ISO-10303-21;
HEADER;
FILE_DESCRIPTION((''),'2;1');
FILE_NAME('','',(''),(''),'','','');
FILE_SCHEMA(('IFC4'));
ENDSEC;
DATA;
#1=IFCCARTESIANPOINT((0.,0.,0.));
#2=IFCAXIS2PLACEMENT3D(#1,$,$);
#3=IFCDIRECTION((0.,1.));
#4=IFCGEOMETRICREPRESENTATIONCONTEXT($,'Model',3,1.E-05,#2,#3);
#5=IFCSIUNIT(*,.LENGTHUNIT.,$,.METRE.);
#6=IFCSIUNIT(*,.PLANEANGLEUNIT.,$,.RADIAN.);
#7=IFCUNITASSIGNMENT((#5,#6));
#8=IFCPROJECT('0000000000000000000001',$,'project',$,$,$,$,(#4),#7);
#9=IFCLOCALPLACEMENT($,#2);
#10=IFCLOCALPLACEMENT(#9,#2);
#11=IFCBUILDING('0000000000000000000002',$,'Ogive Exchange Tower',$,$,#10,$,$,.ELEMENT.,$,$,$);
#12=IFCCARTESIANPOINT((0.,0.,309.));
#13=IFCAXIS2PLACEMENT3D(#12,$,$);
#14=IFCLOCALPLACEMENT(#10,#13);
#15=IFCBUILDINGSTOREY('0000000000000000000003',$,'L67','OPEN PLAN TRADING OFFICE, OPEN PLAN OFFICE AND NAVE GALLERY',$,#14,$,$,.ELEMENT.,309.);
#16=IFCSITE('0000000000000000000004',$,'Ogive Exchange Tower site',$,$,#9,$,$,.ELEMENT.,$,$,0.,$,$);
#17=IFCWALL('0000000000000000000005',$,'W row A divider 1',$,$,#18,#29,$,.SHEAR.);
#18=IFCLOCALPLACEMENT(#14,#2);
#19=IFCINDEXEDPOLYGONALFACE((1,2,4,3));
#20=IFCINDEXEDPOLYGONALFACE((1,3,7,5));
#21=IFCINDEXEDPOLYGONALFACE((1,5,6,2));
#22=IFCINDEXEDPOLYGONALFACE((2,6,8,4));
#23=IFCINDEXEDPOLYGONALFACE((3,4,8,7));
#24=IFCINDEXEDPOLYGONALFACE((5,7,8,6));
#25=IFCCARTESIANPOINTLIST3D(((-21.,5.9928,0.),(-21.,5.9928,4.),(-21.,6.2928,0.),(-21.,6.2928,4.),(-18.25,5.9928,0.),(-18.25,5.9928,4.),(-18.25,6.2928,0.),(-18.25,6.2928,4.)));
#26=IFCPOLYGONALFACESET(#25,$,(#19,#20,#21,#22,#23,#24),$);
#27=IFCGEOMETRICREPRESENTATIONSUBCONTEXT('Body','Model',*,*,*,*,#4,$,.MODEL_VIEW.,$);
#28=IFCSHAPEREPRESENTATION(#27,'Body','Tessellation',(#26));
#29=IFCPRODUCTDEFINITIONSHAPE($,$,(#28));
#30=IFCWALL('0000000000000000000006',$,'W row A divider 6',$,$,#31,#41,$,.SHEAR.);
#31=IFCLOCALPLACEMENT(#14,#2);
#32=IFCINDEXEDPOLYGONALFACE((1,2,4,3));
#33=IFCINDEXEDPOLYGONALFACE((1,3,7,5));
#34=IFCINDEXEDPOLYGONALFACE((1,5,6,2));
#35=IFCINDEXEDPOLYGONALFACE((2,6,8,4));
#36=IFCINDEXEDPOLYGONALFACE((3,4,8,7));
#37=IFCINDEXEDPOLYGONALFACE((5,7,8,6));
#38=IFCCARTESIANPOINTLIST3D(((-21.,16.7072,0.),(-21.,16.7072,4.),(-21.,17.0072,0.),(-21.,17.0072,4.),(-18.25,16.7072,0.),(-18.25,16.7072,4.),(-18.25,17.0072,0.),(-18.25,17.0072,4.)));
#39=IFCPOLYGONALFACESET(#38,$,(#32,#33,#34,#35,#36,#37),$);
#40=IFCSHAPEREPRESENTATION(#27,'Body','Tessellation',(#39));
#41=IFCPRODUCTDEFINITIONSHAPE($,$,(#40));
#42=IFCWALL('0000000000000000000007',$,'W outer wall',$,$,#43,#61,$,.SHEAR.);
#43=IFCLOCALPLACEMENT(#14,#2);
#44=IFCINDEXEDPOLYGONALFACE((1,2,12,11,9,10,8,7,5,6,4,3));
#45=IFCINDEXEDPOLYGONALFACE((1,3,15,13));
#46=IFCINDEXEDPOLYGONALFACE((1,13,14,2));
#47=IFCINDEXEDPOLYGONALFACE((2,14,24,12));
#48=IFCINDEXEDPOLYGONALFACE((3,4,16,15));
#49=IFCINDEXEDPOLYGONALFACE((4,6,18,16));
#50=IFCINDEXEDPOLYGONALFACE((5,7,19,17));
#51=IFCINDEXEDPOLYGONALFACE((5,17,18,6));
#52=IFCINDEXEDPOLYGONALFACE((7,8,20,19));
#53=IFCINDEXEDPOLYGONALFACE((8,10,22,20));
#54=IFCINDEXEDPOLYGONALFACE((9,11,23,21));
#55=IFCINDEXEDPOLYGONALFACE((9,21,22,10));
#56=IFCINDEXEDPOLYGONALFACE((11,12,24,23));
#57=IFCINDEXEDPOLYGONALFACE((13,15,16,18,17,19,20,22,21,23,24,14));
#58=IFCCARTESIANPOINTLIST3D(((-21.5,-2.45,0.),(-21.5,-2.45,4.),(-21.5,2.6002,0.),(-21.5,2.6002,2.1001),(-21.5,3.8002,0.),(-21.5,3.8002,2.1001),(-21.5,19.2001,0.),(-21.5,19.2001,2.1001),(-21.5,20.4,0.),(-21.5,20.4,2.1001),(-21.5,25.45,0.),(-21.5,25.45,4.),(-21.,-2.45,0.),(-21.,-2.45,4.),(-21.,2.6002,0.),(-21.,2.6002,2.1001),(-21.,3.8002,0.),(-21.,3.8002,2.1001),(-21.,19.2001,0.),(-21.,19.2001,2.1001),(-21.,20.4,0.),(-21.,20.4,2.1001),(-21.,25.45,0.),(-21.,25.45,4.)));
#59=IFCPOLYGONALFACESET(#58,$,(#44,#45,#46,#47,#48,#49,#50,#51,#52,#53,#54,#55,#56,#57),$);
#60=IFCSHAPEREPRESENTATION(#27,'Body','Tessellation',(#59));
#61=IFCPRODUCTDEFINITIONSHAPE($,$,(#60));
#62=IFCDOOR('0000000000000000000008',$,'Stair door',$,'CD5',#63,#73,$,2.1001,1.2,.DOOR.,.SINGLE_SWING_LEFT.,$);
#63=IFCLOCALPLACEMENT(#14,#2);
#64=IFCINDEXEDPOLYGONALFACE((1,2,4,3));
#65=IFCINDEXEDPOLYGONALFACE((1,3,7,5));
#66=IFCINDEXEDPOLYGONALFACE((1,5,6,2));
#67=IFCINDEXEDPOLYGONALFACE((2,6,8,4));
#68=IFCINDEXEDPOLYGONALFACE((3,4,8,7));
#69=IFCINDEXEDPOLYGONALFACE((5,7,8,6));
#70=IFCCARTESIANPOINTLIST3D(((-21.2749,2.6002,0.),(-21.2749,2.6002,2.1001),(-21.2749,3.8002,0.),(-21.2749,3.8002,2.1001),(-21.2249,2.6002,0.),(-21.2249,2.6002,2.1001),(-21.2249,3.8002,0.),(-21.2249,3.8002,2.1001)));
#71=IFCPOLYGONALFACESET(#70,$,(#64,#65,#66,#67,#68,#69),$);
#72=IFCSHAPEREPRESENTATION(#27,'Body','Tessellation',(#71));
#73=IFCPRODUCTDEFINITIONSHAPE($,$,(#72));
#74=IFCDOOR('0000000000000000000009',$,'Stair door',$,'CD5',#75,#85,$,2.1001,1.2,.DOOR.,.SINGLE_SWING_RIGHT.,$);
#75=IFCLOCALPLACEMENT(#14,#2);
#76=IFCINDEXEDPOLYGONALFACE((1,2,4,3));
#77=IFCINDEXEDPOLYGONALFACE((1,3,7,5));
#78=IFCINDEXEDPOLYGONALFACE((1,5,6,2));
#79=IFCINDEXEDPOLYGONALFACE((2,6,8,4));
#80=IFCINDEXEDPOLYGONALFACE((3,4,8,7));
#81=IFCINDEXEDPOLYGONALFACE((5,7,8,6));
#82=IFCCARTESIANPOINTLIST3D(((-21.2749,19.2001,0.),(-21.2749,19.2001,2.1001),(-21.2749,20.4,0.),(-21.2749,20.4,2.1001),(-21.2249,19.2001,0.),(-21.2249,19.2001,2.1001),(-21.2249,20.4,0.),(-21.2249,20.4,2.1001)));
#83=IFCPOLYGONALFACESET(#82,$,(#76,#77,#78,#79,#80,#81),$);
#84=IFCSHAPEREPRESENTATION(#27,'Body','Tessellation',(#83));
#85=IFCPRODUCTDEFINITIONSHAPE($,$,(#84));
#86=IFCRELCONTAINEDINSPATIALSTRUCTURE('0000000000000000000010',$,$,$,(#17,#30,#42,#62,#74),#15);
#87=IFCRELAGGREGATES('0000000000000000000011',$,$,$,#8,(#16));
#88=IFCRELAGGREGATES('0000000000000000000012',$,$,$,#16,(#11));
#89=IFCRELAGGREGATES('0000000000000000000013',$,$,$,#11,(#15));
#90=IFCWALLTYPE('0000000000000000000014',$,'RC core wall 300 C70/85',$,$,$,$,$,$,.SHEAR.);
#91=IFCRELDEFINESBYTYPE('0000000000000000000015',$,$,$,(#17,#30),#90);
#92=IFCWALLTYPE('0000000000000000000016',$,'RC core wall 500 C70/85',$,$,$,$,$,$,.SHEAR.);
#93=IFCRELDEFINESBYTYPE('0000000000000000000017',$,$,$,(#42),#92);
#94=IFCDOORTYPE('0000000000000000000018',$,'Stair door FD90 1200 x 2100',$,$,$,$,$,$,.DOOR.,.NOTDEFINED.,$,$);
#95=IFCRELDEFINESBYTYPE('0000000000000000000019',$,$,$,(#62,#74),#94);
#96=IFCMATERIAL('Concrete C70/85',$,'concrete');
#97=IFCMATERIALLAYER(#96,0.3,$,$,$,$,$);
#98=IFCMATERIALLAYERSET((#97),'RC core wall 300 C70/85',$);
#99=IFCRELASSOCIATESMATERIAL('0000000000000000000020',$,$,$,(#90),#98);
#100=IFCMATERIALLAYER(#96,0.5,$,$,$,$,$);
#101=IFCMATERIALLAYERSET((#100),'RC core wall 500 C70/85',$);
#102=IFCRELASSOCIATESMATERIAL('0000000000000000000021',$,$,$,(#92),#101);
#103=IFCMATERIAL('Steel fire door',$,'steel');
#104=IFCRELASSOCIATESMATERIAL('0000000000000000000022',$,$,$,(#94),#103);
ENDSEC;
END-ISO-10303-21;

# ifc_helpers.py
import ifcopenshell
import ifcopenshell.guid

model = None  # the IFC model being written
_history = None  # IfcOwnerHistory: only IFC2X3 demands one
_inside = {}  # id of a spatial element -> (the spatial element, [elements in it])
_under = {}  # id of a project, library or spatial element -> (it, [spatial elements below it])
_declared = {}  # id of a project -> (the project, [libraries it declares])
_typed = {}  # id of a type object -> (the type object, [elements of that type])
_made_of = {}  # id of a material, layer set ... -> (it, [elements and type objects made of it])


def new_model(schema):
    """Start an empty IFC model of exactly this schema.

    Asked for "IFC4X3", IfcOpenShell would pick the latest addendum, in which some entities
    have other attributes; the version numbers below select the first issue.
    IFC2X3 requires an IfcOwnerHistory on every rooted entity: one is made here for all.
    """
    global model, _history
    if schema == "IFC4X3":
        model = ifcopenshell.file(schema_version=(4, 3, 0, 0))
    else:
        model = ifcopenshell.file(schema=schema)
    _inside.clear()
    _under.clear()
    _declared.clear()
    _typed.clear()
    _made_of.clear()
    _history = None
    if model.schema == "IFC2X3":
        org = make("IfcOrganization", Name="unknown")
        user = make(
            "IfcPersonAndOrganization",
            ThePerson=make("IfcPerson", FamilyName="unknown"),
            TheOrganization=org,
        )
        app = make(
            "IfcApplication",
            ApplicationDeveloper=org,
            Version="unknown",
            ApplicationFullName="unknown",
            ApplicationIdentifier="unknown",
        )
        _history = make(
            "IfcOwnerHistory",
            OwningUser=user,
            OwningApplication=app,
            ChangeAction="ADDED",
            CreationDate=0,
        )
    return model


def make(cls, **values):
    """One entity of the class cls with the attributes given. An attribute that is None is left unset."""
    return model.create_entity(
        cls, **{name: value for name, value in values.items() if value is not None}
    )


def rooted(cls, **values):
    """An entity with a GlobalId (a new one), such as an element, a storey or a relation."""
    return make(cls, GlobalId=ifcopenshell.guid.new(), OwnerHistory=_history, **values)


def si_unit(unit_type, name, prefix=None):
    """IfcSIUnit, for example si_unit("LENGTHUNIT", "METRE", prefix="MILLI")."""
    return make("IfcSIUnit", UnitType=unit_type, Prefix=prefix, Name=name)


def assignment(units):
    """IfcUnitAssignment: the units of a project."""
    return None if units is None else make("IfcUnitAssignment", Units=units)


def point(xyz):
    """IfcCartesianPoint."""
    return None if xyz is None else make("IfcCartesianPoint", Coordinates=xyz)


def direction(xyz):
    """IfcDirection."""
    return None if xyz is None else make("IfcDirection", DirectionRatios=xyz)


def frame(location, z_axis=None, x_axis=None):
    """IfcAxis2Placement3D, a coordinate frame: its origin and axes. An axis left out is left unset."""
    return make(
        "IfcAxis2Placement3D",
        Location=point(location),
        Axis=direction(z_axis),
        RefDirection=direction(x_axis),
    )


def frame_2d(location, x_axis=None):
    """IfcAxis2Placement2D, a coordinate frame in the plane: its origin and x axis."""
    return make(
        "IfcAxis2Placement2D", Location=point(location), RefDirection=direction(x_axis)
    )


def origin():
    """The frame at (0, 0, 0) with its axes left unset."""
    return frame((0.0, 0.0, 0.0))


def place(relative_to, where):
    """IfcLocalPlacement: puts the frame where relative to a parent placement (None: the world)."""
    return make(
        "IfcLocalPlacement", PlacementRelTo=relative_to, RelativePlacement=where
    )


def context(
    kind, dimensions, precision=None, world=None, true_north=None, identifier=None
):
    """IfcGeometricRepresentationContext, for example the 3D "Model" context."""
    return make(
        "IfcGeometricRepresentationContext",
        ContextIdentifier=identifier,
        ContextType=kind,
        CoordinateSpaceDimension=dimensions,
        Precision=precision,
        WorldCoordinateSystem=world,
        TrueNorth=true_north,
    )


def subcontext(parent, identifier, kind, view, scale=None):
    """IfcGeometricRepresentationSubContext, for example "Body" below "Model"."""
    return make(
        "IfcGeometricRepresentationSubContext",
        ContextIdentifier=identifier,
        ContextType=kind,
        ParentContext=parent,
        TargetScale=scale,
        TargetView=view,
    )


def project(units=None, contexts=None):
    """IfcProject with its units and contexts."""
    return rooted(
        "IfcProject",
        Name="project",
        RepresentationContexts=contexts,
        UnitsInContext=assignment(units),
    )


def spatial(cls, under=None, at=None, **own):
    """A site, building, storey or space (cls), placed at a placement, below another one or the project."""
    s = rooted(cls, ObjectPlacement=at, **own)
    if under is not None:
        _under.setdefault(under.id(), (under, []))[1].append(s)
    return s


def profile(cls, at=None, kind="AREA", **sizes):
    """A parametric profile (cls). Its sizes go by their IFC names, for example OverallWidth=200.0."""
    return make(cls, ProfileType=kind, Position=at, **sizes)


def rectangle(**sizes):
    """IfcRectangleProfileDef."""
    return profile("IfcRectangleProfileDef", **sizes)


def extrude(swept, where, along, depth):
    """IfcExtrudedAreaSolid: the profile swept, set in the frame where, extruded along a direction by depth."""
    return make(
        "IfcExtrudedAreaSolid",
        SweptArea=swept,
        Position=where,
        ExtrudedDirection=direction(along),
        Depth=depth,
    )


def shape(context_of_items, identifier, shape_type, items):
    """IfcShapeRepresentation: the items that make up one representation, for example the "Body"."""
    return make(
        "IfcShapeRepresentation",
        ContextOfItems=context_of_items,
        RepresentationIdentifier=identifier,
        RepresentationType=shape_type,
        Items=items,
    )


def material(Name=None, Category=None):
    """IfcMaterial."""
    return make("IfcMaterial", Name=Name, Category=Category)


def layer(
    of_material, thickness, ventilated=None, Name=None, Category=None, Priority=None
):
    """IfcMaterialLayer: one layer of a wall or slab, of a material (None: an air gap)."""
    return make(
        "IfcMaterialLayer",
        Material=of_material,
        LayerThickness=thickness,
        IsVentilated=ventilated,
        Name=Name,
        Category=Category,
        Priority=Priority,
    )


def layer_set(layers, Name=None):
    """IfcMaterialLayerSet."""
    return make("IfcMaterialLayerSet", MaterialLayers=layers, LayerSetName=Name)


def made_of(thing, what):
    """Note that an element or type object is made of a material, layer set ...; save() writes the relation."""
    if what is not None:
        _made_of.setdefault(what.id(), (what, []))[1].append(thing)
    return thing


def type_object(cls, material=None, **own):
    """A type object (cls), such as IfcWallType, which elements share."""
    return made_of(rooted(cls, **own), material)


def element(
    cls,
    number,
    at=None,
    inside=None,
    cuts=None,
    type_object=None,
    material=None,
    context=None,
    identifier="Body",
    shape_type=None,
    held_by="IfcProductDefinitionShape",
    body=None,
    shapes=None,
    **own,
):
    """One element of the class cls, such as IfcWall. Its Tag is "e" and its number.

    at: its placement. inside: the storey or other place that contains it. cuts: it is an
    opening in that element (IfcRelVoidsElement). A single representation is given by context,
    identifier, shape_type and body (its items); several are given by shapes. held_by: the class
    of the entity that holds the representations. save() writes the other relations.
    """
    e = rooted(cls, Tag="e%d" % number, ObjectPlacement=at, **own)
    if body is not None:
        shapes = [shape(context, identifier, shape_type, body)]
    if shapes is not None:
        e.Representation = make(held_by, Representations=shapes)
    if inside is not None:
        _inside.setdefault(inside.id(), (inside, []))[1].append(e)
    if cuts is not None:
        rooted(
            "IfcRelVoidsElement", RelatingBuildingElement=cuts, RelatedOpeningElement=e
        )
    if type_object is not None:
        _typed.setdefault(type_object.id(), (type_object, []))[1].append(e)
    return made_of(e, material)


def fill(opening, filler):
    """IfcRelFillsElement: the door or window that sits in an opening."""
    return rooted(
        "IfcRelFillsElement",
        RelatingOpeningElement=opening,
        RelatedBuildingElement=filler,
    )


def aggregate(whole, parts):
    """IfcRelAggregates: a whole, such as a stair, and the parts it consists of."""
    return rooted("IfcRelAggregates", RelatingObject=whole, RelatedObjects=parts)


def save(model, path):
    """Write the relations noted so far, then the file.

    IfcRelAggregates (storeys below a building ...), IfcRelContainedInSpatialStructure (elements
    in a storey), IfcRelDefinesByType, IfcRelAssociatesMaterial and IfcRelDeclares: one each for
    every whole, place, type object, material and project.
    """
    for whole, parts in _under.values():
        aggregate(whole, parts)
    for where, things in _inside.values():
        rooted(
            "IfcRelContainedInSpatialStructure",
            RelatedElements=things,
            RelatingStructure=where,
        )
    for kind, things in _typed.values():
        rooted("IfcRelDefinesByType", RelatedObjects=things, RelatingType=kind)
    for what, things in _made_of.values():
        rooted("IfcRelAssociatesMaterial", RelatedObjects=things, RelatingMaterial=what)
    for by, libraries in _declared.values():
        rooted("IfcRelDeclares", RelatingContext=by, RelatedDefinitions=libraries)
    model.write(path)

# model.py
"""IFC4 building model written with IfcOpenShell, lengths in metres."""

from ifc_helpers import new_model, si_unit, direction, frame, frame_2d, origin, place, context, subcontext, project, spatial, rectangle, extrude, material, layer, layer_set, type_object, element, fill, save


model = new_model("IFC4")

# Units and contexts
model_context = context("Model", 3, precision=1e-05, world=origin(), true_north=direction((0.0, 1.0)))
body_context = subcontext(model_context, "Body", "Model", "MODEL_VIEW")
ifc_project = project(units=[si_unit("LENGTHUNIT", "METRE"), si_unit("PLANEANGLEUNIT", "RADIAN")], contexts=[model_context])

# Site, building, storey
site_placement = place(None, origin())
site = spatial("IfcSite", under=ifc_project, at=site_placement, Name="Ogive Exchange Tower site", CompositionType="ELEMENT", RefElevation=0.0)
building_placement = place(site_placement, origin())
building = spatial("IfcBuilding", under=site, at=building_placement, Name="Ogive Exchange Tower", CompositionType="ELEMENT")
storey_placement = place(building_placement, frame((0.0, 0.0, 309.0)))
storey = spatial("IfcBuildingStorey", under=building, at=storey_placement, Name="L67", Description="OPEN PLAN TRADING OFFICE, OPEN PLAN OFFICE AND NAVE GALLERY", CompositionType="ELEMENT", Elevation=309.0)

# Walls
ifc_material_1 = material(Name="Concrete C70/85", Category="concrete")
ifc_layer_1 = layer(ifc_material_1, 0.3)
ifc_layer_set_1 = layer_set([ifc_layer_1], Name="RC core wall 300 C70/85")
wall_type_1 = type_object("IfcWallType", Name="RC core wall 300 C70/85", PredefinedType="SHEAR", material=ifc_layer_set_1)
for number, where, z_axis, x_axis, name in (
    (1, (-21.0, 6.1428, 0.0), (0.0, 0.0, 1.0), (1.0, 0.0, 0.0), "W row A divider 1"),
    (2, (-21.0, 16.8572, 0.0), (0.0, 0.0, 1.0), (1.0, 0.0, 0.0), "W row A divider 6"),
):
    element("IfcWall", number, at=place(storey_placement, frame(where, z_axis=z_axis, x_axis=x_axis)), inside=storey, type_object=wall_type_1, Name=name, PredefinedType="SHEAR", context=body_context, shape_type="SweptSolid", body=[
        extrude(rectangle(XDim=2.75, YDim=0.3, at=frame_2d((1.375, 0.0))), origin(), (0.0, 0.0, 1.0), 4.0),
    ])

# Wall, openings, doors
ifc_layer_2 = layer(ifc_material_1, 0.5)
ifc_layer_set_2 = layer_set([ifc_layer_2], Name="RC core wall 500 C70/85")
wall_type_2 = type_object("IfcWallType", Name="RC core wall 500 C70/85", PredefinedType="SHEAR", material=ifc_layer_set_2)
wall_1_placement = place(storey_placement, frame((-21.25, -2.45, 0.0), z_axis=(0.0, 0.0, 1.0), x_axis=(0.0, 1.0, 0.0)))
wall_1 = element("IfcWall", 3, at=wall_1_placement, inside=storey, type_object=wall_type_2, Name="W outer wall", PredefinedType="SHEAR", context=body_context, shape_type="SweptSolid", body=[
    extrude(rectangle(XDim=27.8999, YDim=0.5, at=frame_2d((13.95, 0.0))), origin(), (0.0, 0.0, 1.0), 4.0),
])
opening_1_placement = place(wall_1_placement, frame((5.05, 0.0, 0.0)))
opening_1 = element("IfcOpeningElement", 4, at=opening_1_placement, cuts=wall_1, PredefinedType="OPENING", context=body_context, shape_type="SweptSolid", body=[
    extrude(rectangle(XDim=1.2, YDim=2.1001, at=frame_2d((0.6001, 1.05))), frame((0.0, 0.26, 0.0), z_axis=(0.0, -1.0, 0.0), x_axis=(1.0, 0.0, 0.0)), (0.0, 0.0, 1.0), 0.52),
])
opening_2_placement = place(wall_1_placement, frame((21.6499, 0.0, 0.0)))
opening_2 = element("IfcOpeningElement", 5, at=opening_2_placement, cuts=wall_1, PredefinedType="OPENING", context=body_context, shape_type="SweptSolid", body=[
    extrude(rectangle(XDim=1.2, YDim=2.1001, at=frame_2d((0.6001, 1.05))), frame((0.0, 0.26, 0.0), z_axis=(0.0, -1.0, 0.0), x_axis=(1.0, 0.0, 0.0)), (0.0, 0.0, 1.0), 0.52),
])
ifc_material_2 = material(Name="Steel fire door", Category="steel")
door_type = type_object("IfcDoorType", Name="Stair door FD90 1200 x 2100", OperationType="NOTDEFINED", PredefinedType="DOOR", material=ifc_material_2)
door_1_placement = place(opening_1_placement, origin())
door_1 = element("IfcDoor", 6, at=door_1_placement, inside=storey, type_object=door_type, Name="Stair door", ObjectType="CD5", OperationType="SINGLE_SWING_LEFT", OverallHeight=2.1001, OverallWidth=1.2, PredefinedType="DOOR", context=body_context, shape_type="SweptSolid", body=[
    extrude(rectangle(XDim=1.2, YDim=2.1001, at=frame_2d((0.6001, 1.05))), frame((0.0, 0.0249, 0.0), z_axis=(0.0, -1.0, 0.0), x_axis=(1.0, 0.0, 0.0)), (0.0, 0.0, 1.0), 0.05),
])
fill(opening_1, door_1)
door_2_placement = place(opening_2_placement, origin())
door_2 = element("IfcDoor", 7, at=door_2_placement, inside=storey, type_object=door_type, Name="Stair door", ObjectType="CD5", OperationType="SINGLE_SWING_RIGHT", OverallHeight=2.1001, OverallWidth=1.2, PredefinedType="DOOR", context=body_context, shape_type="SweptSolid", body=[
    extrude(rectangle(XDim=1.2, YDim=2.1001, at=frame_2d((0.6001, 1.05))), frame((0.0, 0.0249, 0.0), z_axis=(0.0, -1.0, 0.0), x_axis=(1.0, 0.0, 0.0)), (0.0, 0.0, 1.0), 0.05),
])
fill(opening_2, door_2)

save(model, "model.ifc")
